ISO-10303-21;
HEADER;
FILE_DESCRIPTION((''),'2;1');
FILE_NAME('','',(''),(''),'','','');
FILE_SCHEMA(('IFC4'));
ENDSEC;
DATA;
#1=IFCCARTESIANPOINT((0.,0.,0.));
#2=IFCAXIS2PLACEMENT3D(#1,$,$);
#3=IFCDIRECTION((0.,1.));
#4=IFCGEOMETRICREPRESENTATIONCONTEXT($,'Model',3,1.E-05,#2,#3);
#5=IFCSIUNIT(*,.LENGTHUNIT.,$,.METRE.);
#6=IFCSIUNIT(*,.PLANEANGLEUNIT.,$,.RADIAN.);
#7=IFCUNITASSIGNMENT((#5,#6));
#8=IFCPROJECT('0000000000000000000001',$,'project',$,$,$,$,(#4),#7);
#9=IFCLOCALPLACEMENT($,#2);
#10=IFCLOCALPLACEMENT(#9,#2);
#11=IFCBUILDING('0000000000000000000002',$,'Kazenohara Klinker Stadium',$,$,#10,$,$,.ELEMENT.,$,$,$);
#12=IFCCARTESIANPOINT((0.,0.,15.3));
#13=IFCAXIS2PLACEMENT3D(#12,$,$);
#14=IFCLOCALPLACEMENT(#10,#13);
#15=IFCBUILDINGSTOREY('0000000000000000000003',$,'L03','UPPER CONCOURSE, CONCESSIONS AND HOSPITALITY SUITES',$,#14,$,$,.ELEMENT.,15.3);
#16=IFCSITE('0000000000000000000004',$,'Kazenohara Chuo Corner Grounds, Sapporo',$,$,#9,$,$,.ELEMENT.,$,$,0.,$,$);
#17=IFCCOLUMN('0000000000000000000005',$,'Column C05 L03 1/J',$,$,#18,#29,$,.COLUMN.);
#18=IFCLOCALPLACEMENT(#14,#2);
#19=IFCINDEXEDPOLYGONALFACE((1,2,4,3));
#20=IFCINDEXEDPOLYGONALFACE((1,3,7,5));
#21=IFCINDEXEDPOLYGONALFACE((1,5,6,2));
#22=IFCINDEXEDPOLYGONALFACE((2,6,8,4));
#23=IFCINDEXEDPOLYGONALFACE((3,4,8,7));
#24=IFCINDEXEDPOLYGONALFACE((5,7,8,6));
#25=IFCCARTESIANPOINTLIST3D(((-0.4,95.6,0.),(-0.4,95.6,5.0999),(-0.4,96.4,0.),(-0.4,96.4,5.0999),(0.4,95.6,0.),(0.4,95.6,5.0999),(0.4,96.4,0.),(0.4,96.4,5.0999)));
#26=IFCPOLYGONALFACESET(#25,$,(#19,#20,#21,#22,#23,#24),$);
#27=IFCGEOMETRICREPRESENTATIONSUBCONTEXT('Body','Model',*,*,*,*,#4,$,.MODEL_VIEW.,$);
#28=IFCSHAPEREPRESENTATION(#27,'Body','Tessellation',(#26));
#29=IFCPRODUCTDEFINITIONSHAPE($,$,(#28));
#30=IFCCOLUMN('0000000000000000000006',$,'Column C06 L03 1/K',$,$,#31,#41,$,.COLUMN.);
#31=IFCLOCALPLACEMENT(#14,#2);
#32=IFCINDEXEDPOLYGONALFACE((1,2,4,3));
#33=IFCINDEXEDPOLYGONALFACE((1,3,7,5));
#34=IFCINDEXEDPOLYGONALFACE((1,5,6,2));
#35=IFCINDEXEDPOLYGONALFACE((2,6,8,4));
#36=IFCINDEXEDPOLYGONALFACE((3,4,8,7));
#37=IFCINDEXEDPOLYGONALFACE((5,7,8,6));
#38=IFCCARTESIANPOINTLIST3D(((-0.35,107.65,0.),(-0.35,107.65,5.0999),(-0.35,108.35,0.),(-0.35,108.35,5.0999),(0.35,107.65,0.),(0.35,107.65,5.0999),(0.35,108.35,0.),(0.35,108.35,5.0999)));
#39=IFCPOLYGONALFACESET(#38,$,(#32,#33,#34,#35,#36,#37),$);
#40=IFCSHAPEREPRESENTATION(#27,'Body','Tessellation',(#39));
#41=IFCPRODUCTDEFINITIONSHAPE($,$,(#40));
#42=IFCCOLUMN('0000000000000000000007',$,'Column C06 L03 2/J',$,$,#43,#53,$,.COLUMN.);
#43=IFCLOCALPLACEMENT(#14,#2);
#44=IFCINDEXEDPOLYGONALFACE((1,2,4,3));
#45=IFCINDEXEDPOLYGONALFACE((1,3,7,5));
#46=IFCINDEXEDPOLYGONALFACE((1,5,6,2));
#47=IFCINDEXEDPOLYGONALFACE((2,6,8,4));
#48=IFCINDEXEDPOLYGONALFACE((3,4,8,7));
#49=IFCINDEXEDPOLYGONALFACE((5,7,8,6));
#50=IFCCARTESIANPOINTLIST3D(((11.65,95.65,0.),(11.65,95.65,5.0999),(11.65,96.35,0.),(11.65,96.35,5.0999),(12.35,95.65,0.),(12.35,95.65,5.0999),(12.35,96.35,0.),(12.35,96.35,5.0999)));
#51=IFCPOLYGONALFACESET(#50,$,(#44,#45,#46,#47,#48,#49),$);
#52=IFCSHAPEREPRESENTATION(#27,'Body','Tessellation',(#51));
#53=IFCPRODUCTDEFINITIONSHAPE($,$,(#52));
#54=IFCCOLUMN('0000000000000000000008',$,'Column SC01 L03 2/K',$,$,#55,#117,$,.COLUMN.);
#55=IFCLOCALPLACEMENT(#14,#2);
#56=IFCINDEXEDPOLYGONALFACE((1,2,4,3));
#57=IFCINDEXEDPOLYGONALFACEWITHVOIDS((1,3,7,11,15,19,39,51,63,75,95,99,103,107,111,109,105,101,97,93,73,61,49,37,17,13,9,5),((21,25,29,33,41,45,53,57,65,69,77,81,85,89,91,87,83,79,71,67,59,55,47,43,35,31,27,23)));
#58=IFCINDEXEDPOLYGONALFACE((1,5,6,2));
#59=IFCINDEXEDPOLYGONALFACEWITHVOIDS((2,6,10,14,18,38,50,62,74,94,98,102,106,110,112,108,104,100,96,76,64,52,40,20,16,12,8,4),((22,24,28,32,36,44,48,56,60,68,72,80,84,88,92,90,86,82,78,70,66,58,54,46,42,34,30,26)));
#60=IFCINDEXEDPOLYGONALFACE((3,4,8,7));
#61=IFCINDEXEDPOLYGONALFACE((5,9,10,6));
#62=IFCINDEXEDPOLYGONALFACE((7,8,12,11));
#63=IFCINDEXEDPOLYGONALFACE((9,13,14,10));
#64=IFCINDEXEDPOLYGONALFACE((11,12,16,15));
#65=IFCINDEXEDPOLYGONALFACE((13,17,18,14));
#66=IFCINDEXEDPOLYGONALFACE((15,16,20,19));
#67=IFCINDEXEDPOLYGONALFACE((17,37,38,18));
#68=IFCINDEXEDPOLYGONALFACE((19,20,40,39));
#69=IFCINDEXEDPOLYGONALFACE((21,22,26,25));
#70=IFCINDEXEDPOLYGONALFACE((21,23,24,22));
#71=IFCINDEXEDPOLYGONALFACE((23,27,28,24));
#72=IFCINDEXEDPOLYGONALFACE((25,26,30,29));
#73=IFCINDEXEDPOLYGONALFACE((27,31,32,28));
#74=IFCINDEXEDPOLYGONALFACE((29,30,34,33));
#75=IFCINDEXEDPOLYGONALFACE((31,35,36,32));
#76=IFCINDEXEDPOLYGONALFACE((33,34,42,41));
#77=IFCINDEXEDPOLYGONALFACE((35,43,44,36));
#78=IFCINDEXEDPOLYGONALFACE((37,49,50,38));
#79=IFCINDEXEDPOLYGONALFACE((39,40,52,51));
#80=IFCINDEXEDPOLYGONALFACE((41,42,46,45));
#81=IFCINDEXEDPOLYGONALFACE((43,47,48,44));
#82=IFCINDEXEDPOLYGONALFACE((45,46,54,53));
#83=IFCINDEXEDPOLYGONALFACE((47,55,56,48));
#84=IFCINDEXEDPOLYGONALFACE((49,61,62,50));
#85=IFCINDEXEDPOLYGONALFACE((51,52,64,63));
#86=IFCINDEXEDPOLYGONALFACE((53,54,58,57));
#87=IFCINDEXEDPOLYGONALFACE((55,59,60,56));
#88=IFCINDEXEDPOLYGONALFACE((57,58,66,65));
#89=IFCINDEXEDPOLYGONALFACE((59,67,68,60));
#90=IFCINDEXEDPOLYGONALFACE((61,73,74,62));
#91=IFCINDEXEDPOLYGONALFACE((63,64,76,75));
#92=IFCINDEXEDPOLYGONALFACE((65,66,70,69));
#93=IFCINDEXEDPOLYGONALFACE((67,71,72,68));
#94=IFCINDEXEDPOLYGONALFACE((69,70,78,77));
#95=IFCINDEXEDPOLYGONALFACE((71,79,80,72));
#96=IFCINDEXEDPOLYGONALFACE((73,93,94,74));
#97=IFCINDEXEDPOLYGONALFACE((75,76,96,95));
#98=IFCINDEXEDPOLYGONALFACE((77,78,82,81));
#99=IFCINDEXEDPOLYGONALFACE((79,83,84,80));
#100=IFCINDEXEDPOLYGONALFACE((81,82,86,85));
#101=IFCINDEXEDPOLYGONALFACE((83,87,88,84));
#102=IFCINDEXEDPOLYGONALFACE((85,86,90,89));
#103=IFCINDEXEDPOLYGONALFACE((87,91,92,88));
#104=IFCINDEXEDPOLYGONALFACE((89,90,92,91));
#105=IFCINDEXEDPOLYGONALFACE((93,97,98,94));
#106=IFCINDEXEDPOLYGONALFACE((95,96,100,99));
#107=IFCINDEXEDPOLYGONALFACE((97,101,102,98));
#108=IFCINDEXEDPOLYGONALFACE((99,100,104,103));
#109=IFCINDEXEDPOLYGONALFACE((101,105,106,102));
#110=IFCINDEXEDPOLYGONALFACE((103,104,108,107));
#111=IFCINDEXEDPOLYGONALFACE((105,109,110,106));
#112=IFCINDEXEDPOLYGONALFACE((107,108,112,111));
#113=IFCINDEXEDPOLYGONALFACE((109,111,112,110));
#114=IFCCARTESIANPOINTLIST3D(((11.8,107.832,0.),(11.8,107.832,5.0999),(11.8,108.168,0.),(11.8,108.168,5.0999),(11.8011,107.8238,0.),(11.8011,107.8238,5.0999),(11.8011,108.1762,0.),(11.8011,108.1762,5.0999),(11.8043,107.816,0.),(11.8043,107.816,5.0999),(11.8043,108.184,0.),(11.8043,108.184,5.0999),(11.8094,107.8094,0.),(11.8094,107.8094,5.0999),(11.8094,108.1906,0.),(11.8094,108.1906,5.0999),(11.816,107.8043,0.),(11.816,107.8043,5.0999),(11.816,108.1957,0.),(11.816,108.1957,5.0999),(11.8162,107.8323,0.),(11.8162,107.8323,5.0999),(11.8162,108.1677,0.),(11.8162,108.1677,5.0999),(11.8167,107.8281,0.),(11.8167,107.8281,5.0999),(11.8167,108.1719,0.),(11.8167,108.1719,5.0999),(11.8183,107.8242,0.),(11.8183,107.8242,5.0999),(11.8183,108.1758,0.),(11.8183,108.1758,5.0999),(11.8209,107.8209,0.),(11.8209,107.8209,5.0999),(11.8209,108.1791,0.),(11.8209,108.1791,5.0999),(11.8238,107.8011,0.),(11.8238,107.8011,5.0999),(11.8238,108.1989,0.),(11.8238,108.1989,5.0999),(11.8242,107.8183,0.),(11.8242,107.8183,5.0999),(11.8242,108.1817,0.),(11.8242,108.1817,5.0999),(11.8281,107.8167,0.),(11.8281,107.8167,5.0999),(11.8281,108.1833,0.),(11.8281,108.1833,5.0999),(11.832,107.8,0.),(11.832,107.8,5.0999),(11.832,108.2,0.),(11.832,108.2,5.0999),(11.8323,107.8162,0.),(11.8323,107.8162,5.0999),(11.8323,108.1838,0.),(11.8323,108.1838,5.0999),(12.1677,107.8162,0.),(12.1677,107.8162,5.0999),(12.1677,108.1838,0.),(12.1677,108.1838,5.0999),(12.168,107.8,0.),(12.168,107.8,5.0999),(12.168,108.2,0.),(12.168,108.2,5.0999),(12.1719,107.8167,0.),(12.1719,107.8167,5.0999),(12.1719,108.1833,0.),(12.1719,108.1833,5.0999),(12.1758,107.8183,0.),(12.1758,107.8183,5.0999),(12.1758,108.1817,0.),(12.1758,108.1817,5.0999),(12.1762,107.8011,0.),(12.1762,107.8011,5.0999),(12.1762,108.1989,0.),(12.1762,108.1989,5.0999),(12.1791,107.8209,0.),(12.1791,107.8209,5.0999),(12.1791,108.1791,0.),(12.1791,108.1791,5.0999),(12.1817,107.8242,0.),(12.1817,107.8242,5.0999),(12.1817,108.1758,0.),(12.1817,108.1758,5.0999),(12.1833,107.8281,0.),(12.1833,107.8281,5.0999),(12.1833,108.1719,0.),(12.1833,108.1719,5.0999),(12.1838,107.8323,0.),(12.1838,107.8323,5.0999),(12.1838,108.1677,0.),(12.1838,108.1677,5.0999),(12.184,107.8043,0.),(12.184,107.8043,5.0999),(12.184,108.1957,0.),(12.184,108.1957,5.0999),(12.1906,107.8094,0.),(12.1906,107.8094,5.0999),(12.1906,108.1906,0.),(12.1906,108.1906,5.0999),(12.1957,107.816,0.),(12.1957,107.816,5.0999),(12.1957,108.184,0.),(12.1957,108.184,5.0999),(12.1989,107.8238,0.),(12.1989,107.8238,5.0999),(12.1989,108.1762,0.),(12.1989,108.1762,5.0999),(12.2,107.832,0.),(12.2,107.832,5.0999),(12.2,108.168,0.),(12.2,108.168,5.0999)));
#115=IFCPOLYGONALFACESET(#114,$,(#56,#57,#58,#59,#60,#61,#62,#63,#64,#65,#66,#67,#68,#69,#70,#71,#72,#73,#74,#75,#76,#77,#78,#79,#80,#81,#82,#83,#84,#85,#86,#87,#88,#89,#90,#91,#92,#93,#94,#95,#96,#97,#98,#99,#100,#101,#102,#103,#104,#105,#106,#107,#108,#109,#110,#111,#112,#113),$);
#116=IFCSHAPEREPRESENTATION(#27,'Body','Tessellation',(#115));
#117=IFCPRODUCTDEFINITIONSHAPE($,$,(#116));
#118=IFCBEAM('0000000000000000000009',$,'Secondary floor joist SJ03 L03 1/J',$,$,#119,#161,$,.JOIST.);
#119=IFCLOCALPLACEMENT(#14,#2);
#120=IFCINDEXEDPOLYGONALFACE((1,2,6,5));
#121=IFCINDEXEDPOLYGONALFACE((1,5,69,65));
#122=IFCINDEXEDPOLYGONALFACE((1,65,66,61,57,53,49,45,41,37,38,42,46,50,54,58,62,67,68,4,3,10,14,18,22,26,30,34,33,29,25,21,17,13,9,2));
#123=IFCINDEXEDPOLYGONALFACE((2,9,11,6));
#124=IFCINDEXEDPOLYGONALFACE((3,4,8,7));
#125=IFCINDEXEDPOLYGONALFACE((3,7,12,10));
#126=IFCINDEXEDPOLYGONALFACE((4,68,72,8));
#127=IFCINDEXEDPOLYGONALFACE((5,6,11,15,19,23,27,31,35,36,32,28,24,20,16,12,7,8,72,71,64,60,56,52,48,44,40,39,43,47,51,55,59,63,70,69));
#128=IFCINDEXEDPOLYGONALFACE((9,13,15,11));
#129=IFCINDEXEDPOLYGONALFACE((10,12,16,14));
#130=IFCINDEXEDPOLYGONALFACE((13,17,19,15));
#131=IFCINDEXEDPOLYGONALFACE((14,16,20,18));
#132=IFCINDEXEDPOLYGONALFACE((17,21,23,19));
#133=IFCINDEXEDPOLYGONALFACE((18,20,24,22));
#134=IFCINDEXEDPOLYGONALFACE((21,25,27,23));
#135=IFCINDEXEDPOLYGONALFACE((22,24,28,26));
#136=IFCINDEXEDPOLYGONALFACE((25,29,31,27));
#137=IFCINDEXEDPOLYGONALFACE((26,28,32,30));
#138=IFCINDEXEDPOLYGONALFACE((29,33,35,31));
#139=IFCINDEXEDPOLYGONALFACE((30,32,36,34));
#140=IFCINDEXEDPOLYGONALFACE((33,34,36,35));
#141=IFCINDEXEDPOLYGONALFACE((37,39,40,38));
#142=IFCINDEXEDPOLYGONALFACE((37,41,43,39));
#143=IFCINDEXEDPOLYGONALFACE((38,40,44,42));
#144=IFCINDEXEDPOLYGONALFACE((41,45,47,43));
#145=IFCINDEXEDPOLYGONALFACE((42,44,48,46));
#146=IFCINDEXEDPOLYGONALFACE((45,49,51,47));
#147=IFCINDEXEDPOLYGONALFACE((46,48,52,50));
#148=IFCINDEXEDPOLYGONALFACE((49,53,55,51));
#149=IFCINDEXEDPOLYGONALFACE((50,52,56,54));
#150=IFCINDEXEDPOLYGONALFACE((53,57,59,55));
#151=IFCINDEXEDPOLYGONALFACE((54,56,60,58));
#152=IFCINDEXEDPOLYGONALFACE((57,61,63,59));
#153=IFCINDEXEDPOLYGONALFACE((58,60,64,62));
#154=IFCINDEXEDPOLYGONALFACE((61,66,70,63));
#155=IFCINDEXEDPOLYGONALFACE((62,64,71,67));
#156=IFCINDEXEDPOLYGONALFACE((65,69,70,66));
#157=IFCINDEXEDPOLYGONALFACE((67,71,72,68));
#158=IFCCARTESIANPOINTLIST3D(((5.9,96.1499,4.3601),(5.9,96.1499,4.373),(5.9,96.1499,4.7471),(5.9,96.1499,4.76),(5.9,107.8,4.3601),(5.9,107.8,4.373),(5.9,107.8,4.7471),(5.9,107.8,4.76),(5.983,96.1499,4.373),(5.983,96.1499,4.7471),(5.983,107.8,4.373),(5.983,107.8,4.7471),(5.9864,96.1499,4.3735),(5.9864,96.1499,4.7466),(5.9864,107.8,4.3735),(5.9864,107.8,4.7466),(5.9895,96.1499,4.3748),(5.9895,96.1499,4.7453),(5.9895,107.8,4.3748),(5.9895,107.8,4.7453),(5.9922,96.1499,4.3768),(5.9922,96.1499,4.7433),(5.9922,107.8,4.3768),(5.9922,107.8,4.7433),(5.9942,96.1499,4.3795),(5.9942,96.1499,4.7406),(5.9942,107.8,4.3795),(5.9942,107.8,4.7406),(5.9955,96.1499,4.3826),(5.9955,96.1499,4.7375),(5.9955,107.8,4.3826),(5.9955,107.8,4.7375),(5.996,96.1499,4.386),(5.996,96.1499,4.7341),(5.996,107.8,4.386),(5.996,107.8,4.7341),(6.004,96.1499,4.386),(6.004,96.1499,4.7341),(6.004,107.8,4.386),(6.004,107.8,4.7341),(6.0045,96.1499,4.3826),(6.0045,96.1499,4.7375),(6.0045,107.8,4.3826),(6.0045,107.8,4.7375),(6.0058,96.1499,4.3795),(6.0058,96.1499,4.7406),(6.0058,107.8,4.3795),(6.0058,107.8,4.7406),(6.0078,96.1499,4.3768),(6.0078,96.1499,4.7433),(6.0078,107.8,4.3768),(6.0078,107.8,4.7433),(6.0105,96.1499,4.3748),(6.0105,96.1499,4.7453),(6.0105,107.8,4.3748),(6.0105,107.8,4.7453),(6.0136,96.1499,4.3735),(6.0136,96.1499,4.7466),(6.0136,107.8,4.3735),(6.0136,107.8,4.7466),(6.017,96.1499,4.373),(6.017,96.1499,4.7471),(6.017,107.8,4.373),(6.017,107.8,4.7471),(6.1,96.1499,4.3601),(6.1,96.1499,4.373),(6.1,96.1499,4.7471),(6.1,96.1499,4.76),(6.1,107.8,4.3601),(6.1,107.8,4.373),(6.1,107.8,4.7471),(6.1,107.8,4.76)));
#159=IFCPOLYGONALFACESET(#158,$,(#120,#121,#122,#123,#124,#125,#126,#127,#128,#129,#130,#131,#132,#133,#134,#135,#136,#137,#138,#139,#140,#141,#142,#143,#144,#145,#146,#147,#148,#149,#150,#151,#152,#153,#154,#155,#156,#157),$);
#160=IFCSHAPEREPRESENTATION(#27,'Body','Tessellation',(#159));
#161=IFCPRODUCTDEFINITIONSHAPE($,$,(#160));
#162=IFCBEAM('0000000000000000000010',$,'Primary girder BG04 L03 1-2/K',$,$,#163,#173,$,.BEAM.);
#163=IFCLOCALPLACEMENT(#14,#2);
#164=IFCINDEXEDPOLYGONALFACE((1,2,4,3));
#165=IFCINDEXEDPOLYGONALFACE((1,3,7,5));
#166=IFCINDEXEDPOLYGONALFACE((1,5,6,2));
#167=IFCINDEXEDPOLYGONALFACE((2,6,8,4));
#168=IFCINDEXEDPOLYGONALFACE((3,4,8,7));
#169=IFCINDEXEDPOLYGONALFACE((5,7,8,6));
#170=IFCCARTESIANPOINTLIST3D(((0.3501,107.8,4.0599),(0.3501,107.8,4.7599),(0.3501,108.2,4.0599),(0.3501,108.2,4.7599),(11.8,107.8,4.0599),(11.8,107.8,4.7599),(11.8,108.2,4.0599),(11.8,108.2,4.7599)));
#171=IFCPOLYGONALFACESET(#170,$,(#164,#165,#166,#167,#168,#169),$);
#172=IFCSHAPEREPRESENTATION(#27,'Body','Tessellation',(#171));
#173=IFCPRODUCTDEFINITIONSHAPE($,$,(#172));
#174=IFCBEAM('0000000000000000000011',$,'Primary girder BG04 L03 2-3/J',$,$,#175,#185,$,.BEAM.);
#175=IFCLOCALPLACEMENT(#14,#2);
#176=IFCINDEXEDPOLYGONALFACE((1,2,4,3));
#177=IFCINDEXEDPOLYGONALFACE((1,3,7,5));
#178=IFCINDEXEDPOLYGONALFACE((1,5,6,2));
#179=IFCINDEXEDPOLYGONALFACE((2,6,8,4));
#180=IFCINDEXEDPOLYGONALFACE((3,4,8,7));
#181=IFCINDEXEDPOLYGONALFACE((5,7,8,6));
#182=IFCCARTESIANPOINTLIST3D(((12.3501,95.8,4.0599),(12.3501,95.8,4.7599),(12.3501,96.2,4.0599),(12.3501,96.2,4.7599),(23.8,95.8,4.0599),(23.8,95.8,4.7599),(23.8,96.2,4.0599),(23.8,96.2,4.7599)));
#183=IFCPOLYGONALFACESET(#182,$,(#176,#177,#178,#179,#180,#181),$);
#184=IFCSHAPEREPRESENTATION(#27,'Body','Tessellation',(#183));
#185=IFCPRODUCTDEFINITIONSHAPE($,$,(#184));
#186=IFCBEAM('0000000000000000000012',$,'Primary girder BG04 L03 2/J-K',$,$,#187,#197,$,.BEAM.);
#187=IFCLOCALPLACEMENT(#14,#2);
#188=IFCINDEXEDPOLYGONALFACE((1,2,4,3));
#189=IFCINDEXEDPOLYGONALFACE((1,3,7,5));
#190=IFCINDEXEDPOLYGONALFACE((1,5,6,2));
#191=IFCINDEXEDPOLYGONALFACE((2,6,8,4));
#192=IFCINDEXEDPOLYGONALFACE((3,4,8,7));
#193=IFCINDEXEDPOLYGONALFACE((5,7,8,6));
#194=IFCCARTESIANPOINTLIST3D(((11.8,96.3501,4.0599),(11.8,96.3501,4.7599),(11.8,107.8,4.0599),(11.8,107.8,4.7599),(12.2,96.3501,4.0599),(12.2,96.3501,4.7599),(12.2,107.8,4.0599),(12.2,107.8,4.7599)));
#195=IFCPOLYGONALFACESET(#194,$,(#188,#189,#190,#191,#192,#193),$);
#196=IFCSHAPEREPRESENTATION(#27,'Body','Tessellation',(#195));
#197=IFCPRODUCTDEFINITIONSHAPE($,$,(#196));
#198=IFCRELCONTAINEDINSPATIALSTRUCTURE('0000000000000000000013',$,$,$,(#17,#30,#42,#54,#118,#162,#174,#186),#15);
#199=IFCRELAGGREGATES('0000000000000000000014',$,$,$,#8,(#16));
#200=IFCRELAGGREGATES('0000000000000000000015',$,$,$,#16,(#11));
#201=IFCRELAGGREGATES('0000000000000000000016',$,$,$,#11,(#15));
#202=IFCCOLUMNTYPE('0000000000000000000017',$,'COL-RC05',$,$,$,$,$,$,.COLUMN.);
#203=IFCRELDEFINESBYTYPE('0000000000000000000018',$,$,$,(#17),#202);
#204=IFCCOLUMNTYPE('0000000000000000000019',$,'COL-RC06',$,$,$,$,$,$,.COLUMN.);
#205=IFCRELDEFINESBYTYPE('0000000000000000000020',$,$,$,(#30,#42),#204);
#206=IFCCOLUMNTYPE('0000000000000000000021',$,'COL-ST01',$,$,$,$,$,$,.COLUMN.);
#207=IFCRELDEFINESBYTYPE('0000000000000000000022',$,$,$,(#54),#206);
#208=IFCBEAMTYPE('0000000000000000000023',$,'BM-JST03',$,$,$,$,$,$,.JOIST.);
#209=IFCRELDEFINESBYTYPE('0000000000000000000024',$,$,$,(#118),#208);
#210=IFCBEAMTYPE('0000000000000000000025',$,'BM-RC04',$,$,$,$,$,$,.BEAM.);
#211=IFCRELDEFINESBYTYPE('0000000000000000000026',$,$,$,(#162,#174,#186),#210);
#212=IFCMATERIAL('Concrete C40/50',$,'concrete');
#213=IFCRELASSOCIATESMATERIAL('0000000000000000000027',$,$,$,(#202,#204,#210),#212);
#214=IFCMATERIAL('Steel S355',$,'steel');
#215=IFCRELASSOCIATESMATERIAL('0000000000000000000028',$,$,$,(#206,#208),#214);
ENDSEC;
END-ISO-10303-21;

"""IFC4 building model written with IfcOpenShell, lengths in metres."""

from ifc_helpers import new_model, si_unit, direction, frame, origin, origin_2d, place, context, subcontext, project, spatial, rectangle, hollow_rectangle, i_section, extrude, material, material_profile, profile_set, type_object, element, save


model = new_model("IFC4")

# Units and contexts
model_context = context("Model", 3, precision=1e-05, world=origin(), true_north=direction((0.0, 1.0)))
body_context = subcontext(model_context, "Body", "Model", "MODEL_VIEW")
ifc_project = project(units=[si_unit("LENGTHUNIT", "METRE"), si_unit("PLANEANGLEUNIT", "RADIAN")], contexts=[model_context])

# Site, building, storey
site_placement = place(None, origin())
site = spatial("IfcSite", under=ifc_project, at=site_placement, Name="Kazenohara Chuo Corner Grounds, Sapporo", CompositionType="ELEMENT", RefElevation=0.0)
building_placement = place(site_placement, origin())
building = spatial("IfcBuilding", under=site, at=building_placement, Name="Kazenohara Klinker Stadium", CompositionType="ELEMENT")
storey_placement = place(building_placement, frame((0.0, 0.0, 15.3)))
storey = spatial("IfcBuildingStorey", under=building, at=storey_placement, Name="L03", Description="UPPER CONCOURSE, CONCESSIONS AND HOSPITALITY SUITES", CompositionType="ELEMENT", Elevation=15.3)

# Columns
ifc_material_1 = material(Name="Concrete C40/50", Category="concrete")
ifc_material_profile_1 = material_profile(ifc_material_1, rectangle(XDim=0.8, YDim=0.8, at=origin_2d()), Name="RC-COL-800x800")
ifc_profile_set_1 = profile_set([ifc_material_profile_1], Name="Concrete C40/50")
column_type_1 = type_object("IfcColumnType", Name="COL-RC05", PredefinedType="COLUMN", material=ifc_profile_set_1)
column_1_placement = place(storey_placement, frame((0.0, 96.0, 0.0), z_axis=(0.0, 0.0, 1.0), x_axis=(1.0, 0.0, 0.0)))
element("IfcColumn", 1, at=column_1_placement, inside=storey, type_object=column_type_1, Name="Column C05 L03 1/J", PredefinedType="COLUMN", context=body_context, shape_type="SweptSolid", body=[
    extrude(rectangle(XDim=0.8, YDim=0.8, at=origin_2d()), origin(), (0.0, 0.0, 1.0), 5.0999),
])
ifc_material_profile_2 = material_profile(ifc_material_1, rectangle(XDim=0.7, YDim=0.7, at=origin_2d()), Name="RC-COL-700x700")
ifc_profile_set_2 = profile_set([ifc_material_profile_2], Name="Concrete C40/50")
column_type_2 = type_object("IfcColumnType", Name="COL-RC06", PredefinedType="COLUMN", material=ifc_profile_set_2)
for number, where, z_axis, x_axis, name in (
    (2, (0.0, 108.0, 0.0), (0.0, 0.0, 1.0), (1.0, 0.0, 0.0), "Column C06 L03 1/K"),
    (3, (12.0, 96.0, 0.0), (0.0, 0.0, 1.0), (1.0, 0.0, 0.0), "Column C06 L03 2/J"),
):
    element("IfcColumn", number, at=place(storey_placement, frame(where, z_axis=z_axis, x_axis=x_axis)), inside=storey, type_object=column_type_2, Name=name, PredefinedType="COLUMN", context=body_context, shape_type="SweptSolid", body=[
        extrude(rectangle(XDim=0.7, YDim=0.7, at=origin_2d()), origin(), (0.0, 0.0, 1.0), 5.0999),
    ])
ifc_material_2 = material(Name="Steel S355", Category="steel")
ifc_material_profile_3 = material_profile(ifc_material_2, hollow_rectangle(XDim=0.3999, YDim=0.3999, WallThickness=0.0161, InnerFilletRadius=0.0161, OuterFilletRadius=0.032, at=origin_2d()), Name="SHS-400x400x16")
ifc_profile_set_3 = profile_set([ifc_material_profile_3], Name="Steel S355")
column_type_3 = type_object("IfcColumnType", Name="COL-ST01", PredefinedType="COLUMN", material=ifc_profile_set_3)
column_2_placement = place(storey_placement, frame((12.0, 108.0, 0.0), z_axis=(0.0, 0.0, 1.0), x_axis=(1.0, 0.0, 0.0)))
element("IfcColumn", 4, at=column_2_placement, inside=storey, type_object=column_type_3, Name="Column SC01 L03 2/K", PredefinedType="COLUMN", context=body_context, shape_type="SweptSolid", body=[
    extrude(hollow_rectangle(XDim=0.3999, YDim=0.3999, WallThickness=0.0161, InnerFilletRadius=0.0161, OuterFilletRadius=0.032, at=origin_2d()), origin(), (0.0, 0.0, 1.0), 5.0999),
])

# Beams
ifc_material_profile_4 = material_profile(ifc_material_2, i_section(OverallWidth=0.2, OverallDepth=0.3999, WebThickness=0.0081, FlangeThickness=0.0129, FilletRadius=0.0129, at=origin_2d()), Name="H-400x200x8x13")
ifc_profile_set_4 = profile_set([ifc_material_profile_4], Name="Steel S355")
beam_type_1 = type_object("IfcBeamType", Name="BM-JST03", PredefinedType="JOIST", material=ifc_profile_set_4)
beam_1_placement = place(storey_placement, frame((6.0, 96.1499, 4.5601), z_axis=(0.0, 1.0, 0.0), x_axis=(-1.0, 0.0, 0.0)))
element("IfcBeam", 5, at=beam_1_placement, inside=storey, type_object=beam_type_1, Name="Secondary floor joist SJ03 L03 1/J", PredefinedType="JOIST", context=body_context, shape_type="SweptSolid", body=[
    extrude(i_section(OverallWidth=0.2, OverallDepth=0.3999, WebThickness=0.0081, FlangeThickness=0.0129, FilletRadius=0.0129, at=origin_2d()), origin(), (0.0, 0.0, 1.0), 11.6501),
])
ifc_material_profile_5 = material_profile(ifc_material_1, rectangle(XDim=0.3999, YDim=0.7, at=origin_2d()), Name="RC-BM-400x700")
ifc_profile_set_5 = profile_set([ifc_material_profile_5], Name="Concrete C40/50")
beam_type_2 = type_object("IfcBeamType", Name="BM-RC04", PredefinedType="BEAM", material=ifc_profile_set_5)
for number, where, z_axis, x_axis, name in (
    (6, (0.3501, 108.0, 4.4099), (1.0, 0.0, 0.0), (0.0, 1.0, 0.0), "Primary girder BG04 L03 1-2/K"),
    (7, (12.3501, 96.0, 4.4099), (1.0, 0.0, 0.0), (0.0, 1.0, 0.0), "Primary girder BG04 L03 2-3/J"),
    (8, (12.0, 96.3501, 4.4099), (0.0, 1.0, 0.0), (-1.0, 0.0, 0.0), "Primary girder BG04 L03 2/J-K"),
):
    element("IfcBeam", number, at=place(storey_placement, frame(where, z_axis=z_axis, x_axis=x_axis)), inside=storey, type_object=beam_type_2, Name=name, PredefinedType="BEAM", context=body_context, shape_type="SweptSolid", body=[
        extrude(rectangle(XDim=0.3999, YDim=0.7, at=origin_2d()), origin(), (0.0, 0.0, 1.0), 11.45),
    ])

save(model, "model.ifc")
